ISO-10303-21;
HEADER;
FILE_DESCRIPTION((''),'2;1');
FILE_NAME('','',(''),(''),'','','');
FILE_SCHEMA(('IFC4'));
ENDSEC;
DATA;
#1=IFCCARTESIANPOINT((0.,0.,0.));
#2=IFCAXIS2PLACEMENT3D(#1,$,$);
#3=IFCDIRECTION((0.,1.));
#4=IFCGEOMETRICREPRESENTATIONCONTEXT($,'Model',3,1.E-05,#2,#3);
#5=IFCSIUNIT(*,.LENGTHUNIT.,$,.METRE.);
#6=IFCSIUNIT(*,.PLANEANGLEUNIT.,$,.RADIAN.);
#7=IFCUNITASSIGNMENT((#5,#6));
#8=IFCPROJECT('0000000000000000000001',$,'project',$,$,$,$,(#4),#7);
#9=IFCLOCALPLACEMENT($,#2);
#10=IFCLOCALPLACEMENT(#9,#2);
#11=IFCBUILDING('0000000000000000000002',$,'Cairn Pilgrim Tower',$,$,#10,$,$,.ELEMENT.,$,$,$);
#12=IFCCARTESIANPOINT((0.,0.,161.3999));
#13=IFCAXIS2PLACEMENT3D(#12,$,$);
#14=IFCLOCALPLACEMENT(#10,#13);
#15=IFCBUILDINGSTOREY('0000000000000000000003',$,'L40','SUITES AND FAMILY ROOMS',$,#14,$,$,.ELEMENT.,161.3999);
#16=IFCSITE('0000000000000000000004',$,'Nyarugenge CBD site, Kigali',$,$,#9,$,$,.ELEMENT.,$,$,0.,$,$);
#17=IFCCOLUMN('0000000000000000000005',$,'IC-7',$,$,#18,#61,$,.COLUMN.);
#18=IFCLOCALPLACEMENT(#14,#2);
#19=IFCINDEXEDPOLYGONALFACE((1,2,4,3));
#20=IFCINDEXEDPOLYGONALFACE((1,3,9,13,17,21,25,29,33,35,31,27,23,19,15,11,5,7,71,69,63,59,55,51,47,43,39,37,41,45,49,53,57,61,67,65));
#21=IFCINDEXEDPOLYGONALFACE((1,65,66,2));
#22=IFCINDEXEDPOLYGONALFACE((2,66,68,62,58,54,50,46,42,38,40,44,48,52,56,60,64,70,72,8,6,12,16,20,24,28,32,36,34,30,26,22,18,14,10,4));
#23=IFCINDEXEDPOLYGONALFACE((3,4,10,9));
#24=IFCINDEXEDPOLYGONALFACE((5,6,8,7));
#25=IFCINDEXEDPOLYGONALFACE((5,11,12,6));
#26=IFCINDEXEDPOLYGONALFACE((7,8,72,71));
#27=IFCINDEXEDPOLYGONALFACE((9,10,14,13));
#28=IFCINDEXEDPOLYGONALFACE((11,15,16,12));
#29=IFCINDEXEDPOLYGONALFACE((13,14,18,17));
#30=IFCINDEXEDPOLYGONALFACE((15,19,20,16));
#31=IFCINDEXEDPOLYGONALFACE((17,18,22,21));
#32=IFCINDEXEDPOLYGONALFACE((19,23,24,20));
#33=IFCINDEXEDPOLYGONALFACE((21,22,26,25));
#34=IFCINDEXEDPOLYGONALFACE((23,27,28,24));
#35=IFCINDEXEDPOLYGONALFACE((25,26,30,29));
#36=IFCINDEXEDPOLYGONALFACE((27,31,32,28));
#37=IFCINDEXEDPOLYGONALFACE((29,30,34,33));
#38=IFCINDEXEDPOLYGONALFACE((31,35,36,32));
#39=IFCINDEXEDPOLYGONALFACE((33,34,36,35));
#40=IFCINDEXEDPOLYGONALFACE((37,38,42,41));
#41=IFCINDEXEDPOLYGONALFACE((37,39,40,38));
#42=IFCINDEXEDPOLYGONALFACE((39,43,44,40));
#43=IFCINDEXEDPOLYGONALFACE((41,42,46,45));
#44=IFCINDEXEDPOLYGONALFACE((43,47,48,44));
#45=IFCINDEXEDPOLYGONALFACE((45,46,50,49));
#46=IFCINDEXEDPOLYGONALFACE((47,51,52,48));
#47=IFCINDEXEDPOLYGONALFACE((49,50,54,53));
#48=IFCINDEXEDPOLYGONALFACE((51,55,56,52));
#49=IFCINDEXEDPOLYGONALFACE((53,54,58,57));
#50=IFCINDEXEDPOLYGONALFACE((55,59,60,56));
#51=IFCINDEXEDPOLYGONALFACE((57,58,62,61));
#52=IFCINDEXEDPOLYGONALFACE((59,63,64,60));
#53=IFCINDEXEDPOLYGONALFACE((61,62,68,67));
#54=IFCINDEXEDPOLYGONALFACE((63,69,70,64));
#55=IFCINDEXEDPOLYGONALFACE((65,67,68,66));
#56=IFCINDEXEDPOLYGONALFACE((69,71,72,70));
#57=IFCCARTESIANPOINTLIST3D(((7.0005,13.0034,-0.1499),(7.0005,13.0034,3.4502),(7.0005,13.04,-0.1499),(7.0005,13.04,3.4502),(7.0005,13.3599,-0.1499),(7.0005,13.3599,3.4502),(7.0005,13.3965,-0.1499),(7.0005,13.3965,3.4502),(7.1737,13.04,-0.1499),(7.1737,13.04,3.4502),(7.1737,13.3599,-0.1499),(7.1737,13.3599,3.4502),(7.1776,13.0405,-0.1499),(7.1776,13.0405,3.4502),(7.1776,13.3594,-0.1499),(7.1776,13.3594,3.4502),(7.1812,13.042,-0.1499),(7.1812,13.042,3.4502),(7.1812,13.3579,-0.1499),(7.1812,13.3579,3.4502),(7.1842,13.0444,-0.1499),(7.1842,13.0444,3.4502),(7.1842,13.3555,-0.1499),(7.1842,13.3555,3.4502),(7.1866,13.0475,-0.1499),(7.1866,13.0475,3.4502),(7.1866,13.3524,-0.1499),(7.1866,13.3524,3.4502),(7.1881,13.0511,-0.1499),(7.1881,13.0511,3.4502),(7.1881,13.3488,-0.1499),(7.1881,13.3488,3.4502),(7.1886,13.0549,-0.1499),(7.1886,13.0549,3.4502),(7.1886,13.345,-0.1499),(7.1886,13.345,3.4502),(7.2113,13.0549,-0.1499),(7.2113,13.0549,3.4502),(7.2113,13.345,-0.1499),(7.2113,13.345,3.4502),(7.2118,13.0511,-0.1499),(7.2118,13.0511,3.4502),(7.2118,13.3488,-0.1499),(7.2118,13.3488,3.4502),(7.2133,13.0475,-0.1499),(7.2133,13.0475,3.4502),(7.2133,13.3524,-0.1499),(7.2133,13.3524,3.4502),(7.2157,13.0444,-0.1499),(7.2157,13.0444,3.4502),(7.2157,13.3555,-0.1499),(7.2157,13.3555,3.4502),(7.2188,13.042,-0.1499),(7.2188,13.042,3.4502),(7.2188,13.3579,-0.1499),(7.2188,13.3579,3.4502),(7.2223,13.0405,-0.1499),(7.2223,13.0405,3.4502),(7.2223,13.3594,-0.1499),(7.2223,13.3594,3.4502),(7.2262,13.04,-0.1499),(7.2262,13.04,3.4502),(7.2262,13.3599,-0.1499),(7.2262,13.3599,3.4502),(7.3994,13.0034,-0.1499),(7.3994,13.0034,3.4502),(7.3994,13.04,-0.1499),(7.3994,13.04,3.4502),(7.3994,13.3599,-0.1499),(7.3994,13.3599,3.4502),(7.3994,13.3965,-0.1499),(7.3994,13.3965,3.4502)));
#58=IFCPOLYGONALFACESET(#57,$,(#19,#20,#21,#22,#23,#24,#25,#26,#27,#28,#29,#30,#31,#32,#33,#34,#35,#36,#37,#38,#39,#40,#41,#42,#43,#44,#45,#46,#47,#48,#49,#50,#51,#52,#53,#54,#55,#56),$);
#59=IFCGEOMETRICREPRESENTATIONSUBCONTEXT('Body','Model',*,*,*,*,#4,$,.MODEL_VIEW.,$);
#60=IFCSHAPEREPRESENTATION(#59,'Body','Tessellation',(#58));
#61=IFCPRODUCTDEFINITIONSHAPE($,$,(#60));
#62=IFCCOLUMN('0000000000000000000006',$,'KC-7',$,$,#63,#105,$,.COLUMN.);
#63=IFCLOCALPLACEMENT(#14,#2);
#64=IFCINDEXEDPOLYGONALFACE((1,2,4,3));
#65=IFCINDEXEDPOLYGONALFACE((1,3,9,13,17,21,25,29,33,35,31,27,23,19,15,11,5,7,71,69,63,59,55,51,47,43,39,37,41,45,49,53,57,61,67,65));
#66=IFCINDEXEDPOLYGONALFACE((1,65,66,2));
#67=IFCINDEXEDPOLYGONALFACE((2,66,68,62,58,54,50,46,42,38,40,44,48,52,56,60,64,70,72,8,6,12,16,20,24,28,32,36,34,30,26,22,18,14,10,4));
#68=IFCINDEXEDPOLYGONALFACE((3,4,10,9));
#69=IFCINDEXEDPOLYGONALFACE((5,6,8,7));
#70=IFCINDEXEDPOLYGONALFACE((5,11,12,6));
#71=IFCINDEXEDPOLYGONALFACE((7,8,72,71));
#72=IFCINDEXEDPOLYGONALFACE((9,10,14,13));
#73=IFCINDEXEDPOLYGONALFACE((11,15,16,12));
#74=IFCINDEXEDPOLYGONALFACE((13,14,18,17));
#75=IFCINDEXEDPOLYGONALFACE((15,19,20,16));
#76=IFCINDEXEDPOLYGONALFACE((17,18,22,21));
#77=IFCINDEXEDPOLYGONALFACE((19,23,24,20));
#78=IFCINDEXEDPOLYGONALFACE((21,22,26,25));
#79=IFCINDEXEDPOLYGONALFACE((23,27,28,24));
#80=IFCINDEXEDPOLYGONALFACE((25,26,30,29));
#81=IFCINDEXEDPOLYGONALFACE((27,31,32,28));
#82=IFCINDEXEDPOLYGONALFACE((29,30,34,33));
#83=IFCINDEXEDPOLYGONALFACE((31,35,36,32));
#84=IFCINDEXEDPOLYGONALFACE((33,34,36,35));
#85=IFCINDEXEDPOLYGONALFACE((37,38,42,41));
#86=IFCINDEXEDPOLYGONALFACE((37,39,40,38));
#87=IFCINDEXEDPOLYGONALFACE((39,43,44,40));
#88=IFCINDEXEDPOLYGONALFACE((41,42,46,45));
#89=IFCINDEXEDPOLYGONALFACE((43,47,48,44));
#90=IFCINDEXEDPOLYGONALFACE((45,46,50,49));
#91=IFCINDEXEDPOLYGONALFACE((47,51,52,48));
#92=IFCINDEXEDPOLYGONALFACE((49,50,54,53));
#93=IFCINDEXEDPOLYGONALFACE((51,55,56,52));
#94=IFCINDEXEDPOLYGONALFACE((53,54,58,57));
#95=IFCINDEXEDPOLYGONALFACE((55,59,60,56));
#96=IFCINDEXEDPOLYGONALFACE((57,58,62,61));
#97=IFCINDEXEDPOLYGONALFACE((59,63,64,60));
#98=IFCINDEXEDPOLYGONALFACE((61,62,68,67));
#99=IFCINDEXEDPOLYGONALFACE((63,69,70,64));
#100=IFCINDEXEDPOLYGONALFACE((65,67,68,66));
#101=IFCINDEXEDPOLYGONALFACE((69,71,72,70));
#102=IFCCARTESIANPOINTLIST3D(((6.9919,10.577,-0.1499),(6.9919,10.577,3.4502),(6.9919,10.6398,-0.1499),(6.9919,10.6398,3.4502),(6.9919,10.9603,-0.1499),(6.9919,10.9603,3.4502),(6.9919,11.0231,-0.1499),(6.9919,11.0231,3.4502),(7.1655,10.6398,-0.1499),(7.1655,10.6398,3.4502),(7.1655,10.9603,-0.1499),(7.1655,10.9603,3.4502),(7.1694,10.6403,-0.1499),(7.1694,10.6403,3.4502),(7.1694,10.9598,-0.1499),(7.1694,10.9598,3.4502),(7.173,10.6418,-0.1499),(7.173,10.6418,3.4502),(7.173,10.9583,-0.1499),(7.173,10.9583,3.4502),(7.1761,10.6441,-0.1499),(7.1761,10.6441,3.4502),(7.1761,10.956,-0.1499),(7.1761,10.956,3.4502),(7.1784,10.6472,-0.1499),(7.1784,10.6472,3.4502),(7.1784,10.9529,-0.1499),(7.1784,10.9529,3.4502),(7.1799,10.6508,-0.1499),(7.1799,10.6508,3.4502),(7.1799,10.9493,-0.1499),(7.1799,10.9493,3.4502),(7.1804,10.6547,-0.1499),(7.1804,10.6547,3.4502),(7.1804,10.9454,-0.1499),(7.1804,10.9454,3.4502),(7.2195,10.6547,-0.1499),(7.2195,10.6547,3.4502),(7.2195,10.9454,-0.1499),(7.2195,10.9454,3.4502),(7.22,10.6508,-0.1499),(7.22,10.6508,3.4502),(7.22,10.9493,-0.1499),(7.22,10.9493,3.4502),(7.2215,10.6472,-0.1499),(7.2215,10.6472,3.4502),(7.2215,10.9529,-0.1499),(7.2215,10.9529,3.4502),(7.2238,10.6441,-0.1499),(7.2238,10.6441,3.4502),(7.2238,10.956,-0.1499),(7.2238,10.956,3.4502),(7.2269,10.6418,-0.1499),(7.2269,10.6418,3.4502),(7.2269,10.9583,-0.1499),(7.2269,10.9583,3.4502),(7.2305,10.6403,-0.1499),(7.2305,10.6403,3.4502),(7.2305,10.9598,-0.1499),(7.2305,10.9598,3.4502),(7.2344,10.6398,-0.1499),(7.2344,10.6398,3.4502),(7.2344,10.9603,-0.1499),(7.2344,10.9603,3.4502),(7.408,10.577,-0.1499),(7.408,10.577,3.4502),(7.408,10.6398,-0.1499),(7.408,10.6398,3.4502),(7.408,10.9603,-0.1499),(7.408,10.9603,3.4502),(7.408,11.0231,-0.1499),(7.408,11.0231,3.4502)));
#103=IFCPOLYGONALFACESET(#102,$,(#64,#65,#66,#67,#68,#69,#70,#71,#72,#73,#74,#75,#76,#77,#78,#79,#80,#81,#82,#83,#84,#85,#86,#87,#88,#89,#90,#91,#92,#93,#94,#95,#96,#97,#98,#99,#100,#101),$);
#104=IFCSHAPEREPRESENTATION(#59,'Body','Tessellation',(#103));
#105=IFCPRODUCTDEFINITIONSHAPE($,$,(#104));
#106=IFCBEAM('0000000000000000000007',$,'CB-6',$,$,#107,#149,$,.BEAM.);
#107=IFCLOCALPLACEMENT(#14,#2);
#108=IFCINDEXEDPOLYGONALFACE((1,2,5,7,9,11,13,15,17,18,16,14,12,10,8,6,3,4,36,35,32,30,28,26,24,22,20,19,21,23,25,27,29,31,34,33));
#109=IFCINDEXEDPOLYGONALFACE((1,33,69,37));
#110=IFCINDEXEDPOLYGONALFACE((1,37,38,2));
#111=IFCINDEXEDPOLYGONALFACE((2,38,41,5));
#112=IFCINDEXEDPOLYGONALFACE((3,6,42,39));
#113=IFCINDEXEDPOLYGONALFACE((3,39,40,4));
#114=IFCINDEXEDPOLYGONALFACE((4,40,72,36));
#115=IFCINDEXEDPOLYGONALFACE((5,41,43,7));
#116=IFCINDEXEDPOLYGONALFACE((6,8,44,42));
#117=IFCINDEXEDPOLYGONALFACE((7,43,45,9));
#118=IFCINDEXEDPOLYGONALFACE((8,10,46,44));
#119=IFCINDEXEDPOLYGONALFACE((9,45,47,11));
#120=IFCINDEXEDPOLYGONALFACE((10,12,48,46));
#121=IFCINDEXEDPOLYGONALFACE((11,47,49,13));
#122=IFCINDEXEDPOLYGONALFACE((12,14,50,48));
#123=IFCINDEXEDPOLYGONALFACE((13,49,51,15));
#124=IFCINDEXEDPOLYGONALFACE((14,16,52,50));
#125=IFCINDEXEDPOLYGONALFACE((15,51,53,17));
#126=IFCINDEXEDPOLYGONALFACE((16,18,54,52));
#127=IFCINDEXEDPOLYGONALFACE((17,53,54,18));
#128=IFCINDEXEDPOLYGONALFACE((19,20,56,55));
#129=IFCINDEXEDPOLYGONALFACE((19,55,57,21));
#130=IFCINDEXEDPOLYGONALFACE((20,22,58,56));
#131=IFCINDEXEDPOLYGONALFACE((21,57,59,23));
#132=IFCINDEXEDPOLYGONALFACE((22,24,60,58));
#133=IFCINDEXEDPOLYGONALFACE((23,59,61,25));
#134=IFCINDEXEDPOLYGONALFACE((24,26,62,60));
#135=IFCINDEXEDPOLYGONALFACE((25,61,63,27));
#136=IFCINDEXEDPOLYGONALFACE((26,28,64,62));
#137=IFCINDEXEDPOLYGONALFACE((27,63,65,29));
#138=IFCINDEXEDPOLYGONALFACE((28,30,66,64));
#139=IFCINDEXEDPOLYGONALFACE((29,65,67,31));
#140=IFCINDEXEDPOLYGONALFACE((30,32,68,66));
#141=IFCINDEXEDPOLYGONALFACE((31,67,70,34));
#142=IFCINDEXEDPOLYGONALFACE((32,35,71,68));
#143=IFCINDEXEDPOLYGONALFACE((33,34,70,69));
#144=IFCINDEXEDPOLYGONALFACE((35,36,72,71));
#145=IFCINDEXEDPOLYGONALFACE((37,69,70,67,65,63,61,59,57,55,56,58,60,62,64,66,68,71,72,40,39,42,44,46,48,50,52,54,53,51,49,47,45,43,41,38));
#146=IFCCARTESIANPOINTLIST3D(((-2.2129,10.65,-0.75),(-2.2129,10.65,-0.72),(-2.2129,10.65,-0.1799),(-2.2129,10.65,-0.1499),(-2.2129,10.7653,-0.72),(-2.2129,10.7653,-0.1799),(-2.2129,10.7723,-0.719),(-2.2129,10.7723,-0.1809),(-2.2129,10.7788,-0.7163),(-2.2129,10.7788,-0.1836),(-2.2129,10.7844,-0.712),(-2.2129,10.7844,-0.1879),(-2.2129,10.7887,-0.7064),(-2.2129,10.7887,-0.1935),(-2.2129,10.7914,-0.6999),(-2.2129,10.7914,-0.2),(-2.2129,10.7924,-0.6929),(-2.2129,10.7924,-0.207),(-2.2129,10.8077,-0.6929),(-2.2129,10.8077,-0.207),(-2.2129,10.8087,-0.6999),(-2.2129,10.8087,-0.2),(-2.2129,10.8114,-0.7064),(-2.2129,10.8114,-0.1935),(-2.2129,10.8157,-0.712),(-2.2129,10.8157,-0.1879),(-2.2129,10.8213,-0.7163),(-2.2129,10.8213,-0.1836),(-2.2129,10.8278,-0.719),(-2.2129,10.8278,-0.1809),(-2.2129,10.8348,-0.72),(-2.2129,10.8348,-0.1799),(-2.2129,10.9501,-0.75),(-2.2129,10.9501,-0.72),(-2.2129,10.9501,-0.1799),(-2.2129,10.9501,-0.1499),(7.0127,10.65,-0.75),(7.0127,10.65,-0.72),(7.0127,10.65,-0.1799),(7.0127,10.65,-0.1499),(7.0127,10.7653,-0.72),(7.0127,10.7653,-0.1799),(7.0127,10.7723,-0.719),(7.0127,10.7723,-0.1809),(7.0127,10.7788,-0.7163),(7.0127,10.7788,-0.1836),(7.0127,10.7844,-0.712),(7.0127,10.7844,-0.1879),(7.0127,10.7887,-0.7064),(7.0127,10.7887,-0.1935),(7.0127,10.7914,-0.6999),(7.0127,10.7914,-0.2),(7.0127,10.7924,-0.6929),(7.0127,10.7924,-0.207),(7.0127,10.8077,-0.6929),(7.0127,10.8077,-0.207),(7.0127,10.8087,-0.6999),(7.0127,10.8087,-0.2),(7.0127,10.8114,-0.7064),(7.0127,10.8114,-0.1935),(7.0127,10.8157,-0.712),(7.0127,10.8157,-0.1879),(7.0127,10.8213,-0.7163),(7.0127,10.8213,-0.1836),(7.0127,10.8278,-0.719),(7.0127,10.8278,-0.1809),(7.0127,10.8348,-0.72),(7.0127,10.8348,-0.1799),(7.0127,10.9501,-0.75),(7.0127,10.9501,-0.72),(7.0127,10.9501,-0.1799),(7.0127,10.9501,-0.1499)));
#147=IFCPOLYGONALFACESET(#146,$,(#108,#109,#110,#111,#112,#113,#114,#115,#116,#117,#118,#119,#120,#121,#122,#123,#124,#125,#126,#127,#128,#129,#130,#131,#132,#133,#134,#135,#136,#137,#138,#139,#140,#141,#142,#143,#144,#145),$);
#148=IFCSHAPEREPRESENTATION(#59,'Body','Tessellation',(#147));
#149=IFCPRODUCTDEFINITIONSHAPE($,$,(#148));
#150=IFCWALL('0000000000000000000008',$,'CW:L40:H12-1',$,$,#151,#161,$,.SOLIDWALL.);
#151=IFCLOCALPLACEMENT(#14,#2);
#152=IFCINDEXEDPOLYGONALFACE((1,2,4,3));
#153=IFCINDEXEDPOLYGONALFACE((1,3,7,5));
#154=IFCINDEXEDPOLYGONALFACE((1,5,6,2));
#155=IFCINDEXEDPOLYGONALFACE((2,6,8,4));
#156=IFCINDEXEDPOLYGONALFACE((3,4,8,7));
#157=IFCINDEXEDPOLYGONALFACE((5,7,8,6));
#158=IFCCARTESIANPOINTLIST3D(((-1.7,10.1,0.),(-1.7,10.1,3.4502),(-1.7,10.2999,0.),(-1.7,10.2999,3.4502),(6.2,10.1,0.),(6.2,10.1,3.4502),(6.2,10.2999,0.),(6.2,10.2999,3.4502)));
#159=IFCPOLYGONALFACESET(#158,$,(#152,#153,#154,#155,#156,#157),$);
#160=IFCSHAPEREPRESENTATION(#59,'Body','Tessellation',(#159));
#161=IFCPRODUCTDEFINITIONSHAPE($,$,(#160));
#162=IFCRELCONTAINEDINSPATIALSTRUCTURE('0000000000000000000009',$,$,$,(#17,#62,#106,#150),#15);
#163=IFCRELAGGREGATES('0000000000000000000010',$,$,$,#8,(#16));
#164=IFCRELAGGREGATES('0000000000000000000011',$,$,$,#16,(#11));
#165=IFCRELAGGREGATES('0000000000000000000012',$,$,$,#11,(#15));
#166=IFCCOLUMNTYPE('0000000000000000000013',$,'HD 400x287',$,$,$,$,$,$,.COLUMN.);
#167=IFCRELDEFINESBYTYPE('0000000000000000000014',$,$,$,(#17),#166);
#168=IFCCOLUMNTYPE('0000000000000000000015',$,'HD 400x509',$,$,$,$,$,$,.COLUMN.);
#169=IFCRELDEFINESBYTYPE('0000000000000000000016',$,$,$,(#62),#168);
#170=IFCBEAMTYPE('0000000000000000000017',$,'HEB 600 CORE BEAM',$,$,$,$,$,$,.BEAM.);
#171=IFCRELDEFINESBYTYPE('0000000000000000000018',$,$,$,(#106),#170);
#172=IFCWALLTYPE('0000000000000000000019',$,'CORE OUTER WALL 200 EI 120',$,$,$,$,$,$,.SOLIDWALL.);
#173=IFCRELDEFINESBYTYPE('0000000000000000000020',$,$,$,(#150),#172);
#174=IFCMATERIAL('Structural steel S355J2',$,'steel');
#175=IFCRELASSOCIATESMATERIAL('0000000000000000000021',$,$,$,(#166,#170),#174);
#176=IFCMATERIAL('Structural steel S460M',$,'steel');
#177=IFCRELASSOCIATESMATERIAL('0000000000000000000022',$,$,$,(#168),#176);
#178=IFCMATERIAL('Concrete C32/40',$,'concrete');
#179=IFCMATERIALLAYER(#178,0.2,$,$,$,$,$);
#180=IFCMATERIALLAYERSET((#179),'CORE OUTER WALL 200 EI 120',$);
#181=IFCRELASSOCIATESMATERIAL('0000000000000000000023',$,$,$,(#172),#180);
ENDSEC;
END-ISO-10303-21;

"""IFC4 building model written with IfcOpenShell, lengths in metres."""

from ifc_helpers import new_model, si_unit, direction, frame, frame_2d, origin, origin_2d, place, context, subcontext, project, spatial, rectangle, i_section, extrude, material, layer, layer_set, material_profile, profile_set, type_object, element, save


model = new_model("IFC4")

# Units and contexts
model_context = context("Model", 3, precision=1e-05, world=origin(), true_north=direction((0.0, 1.0)))
body_context = subcontext(model_context, "Body", "Model", "MODEL_VIEW")
ifc_project = project(units=[si_unit("LENGTHUNIT", "METRE"), si_unit("PLANEANGLEUNIT", "RADIAN")], contexts=[model_context])

# Site, building, storey
site_placement = place(None, origin())
site = spatial("IfcSite", under=ifc_project, at=site_placement, Name="Nyarugenge CBD site, Kigali", CompositionType="ELEMENT", RefElevation=0.0)
building_placement = place(site_placement, origin())
building = spatial("IfcBuilding", under=site, at=building_placement, Name="Cairn Pilgrim Tower", CompositionType="ELEMENT")
storey_placement = place(building_placement, frame((0.0, 0.0, 161.3999)))
storey = spatial("IfcBuildingStorey", under=building, at=storey_placement, Name="L40", Description="SUITES AND FAMILY ROOMS", CompositionType="ELEMENT", Elevation=161.3999)

# Columns
ifc_material_1 = material(Name="Structural steel S355J2", Category="steel")
ifc_material_profile_1 = material_profile(ifc_material_1, i_section(OverallWidth=0.3989, OverallDepth=0.3931, WebThickness=0.0227, FlangeThickness=0.0366, FilletRadius=0.0149, at=origin_2d()), Name="HD 400x287")
ifc_profile_set_1 = profile_set([ifc_material_profile_1], Name="Structural steel S355J2")
column_type_1 = type_object("IfcColumnType", Name="HD 400x287", PredefinedType="COLUMN", material=ifc_profile_set_1)
column_1_placement = place(storey_placement, frame((7.2, 13.2, -0.1499), z_axis=(0.0, 0.0, 1.0), x_axis=(1.0, 0.0, 0.0)))
element("IfcColumn", 1, at=column_1_placement, inside=storey, type_object=column_type_1, Name="IC-7", PredefinedType="COLUMN", context=body_context, shape_type="SweptSolid", body=[
    extrude(i_section(OverallWidth=0.3989, OverallDepth=0.3931, WebThickness=0.0227, FlangeThickness=0.0366, FilletRadius=0.0149, at=origin_2d()), origin(), (0.0, 0.0, 1.0), 3.6001),
])
ifc_material_2 = material(Name="Structural steel S460M", Category="steel")
ifc_material_profile_2 = material_profile(ifc_material_2, i_section(OverallWidth=0.416, OverallDepth=0.446, WebThickness=0.0391, FlangeThickness=0.0627, FilletRadius=0.0149, at=origin_2d()), Name="HD 400x509")
ifc_profile_set_2 = profile_set([ifc_material_profile_2], Name="Structural steel S460M")
column_type_2 = type_object("IfcColumnType", Name="HD 400x509", PredefinedType="COLUMN", material=ifc_profile_set_2)
column_2_placement = place(storey_placement, frame((7.2, 10.8, -0.1499), z_axis=(0.0, 0.0, 1.0), x_axis=(1.0, 0.0, 0.0)))
element("IfcColumn", 2, at=column_2_placement, inside=storey, type_object=column_type_2, Name="KC-7", PredefinedType="COLUMN", context=body_context, shape_type="SweptSolid", body=[
    extrude(i_section(OverallWidth=0.416, OverallDepth=0.446, WebThickness=0.0391, FlangeThickness=0.0627, FilletRadius=0.0149, at=origin_2d()), origin(), (0.0, 0.0, 1.0), 3.6001),
])

# Beam
ifc_material_profile_3 = material_profile(ifc_material_1, i_section(OverallWidth=0.3, OverallDepth=0.6001, WebThickness=0.0154, FlangeThickness=0.03, FilletRadius=0.0271, at=origin_2d()), Name="HEB 600")
ifc_profile_set_3 = profile_set([ifc_material_profile_3], Name="Structural steel S355J2")
beam_type = type_object("IfcBeamType", Name="HEB 600 CORE BEAM", PredefinedType="BEAM", material=ifc_profile_set_3)
beam_placement = place(storey_placement, frame((7.0127, 10.8, -0.45), z_axis=(-1.0, 0.0, 0.0), x_axis=(0.0, -1.0, 0.0)))
element("IfcBeam", 3, at=beam_placement, inside=storey, type_object=beam_type, Name="CB-6", PredefinedType="BEAM", context=body_context, shape_type="SweptSolid", body=[
    extrude(i_section(OverallWidth=0.3, OverallDepth=0.6001, WebThickness=0.0154, FlangeThickness=0.03, FilletRadius=0.0271, at=origin_2d()), origin(), (0.0, 0.0, 1.0), 9.2256),
])

# Wall
ifc_material_3 = material(Name="Concrete C32/40", Category="concrete")
ifc_layer_1 = layer(ifc_material_3, 0.2)
ifc_layer_set_1 = layer_set([ifc_layer_1], Name="CORE OUTER WALL 200 EI 120")
wall_type_1 = type_object("IfcWallType", Name="CORE OUTER WALL 200 EI 120", PredefinedType="SOLIDWALL", material=ifc_layer_set_1)
wall_1_placement = place(storey_placement, frame((-1.7, 10.2, 0.0), z_axis=(0.0, 0.0, 1.0), x_axis=(1.0, 0.0, 0.0)))
element("IfcWall", 4, at=wall_1_placement, inside=storey, type_object=wall_type_1, Name="CW:L40:H12-1", PredefinedType="SOLIDWALL", context=body_context, shape_type="SweptSolid", body=[
    extrude(rectangle(XDim=7.8999, YDim=0.2, at=frame_2d((3.95, 0.0))), origin(), (0.0, 0.0, 1.0), 3.4502),
])

save(model, "model.ifc")
